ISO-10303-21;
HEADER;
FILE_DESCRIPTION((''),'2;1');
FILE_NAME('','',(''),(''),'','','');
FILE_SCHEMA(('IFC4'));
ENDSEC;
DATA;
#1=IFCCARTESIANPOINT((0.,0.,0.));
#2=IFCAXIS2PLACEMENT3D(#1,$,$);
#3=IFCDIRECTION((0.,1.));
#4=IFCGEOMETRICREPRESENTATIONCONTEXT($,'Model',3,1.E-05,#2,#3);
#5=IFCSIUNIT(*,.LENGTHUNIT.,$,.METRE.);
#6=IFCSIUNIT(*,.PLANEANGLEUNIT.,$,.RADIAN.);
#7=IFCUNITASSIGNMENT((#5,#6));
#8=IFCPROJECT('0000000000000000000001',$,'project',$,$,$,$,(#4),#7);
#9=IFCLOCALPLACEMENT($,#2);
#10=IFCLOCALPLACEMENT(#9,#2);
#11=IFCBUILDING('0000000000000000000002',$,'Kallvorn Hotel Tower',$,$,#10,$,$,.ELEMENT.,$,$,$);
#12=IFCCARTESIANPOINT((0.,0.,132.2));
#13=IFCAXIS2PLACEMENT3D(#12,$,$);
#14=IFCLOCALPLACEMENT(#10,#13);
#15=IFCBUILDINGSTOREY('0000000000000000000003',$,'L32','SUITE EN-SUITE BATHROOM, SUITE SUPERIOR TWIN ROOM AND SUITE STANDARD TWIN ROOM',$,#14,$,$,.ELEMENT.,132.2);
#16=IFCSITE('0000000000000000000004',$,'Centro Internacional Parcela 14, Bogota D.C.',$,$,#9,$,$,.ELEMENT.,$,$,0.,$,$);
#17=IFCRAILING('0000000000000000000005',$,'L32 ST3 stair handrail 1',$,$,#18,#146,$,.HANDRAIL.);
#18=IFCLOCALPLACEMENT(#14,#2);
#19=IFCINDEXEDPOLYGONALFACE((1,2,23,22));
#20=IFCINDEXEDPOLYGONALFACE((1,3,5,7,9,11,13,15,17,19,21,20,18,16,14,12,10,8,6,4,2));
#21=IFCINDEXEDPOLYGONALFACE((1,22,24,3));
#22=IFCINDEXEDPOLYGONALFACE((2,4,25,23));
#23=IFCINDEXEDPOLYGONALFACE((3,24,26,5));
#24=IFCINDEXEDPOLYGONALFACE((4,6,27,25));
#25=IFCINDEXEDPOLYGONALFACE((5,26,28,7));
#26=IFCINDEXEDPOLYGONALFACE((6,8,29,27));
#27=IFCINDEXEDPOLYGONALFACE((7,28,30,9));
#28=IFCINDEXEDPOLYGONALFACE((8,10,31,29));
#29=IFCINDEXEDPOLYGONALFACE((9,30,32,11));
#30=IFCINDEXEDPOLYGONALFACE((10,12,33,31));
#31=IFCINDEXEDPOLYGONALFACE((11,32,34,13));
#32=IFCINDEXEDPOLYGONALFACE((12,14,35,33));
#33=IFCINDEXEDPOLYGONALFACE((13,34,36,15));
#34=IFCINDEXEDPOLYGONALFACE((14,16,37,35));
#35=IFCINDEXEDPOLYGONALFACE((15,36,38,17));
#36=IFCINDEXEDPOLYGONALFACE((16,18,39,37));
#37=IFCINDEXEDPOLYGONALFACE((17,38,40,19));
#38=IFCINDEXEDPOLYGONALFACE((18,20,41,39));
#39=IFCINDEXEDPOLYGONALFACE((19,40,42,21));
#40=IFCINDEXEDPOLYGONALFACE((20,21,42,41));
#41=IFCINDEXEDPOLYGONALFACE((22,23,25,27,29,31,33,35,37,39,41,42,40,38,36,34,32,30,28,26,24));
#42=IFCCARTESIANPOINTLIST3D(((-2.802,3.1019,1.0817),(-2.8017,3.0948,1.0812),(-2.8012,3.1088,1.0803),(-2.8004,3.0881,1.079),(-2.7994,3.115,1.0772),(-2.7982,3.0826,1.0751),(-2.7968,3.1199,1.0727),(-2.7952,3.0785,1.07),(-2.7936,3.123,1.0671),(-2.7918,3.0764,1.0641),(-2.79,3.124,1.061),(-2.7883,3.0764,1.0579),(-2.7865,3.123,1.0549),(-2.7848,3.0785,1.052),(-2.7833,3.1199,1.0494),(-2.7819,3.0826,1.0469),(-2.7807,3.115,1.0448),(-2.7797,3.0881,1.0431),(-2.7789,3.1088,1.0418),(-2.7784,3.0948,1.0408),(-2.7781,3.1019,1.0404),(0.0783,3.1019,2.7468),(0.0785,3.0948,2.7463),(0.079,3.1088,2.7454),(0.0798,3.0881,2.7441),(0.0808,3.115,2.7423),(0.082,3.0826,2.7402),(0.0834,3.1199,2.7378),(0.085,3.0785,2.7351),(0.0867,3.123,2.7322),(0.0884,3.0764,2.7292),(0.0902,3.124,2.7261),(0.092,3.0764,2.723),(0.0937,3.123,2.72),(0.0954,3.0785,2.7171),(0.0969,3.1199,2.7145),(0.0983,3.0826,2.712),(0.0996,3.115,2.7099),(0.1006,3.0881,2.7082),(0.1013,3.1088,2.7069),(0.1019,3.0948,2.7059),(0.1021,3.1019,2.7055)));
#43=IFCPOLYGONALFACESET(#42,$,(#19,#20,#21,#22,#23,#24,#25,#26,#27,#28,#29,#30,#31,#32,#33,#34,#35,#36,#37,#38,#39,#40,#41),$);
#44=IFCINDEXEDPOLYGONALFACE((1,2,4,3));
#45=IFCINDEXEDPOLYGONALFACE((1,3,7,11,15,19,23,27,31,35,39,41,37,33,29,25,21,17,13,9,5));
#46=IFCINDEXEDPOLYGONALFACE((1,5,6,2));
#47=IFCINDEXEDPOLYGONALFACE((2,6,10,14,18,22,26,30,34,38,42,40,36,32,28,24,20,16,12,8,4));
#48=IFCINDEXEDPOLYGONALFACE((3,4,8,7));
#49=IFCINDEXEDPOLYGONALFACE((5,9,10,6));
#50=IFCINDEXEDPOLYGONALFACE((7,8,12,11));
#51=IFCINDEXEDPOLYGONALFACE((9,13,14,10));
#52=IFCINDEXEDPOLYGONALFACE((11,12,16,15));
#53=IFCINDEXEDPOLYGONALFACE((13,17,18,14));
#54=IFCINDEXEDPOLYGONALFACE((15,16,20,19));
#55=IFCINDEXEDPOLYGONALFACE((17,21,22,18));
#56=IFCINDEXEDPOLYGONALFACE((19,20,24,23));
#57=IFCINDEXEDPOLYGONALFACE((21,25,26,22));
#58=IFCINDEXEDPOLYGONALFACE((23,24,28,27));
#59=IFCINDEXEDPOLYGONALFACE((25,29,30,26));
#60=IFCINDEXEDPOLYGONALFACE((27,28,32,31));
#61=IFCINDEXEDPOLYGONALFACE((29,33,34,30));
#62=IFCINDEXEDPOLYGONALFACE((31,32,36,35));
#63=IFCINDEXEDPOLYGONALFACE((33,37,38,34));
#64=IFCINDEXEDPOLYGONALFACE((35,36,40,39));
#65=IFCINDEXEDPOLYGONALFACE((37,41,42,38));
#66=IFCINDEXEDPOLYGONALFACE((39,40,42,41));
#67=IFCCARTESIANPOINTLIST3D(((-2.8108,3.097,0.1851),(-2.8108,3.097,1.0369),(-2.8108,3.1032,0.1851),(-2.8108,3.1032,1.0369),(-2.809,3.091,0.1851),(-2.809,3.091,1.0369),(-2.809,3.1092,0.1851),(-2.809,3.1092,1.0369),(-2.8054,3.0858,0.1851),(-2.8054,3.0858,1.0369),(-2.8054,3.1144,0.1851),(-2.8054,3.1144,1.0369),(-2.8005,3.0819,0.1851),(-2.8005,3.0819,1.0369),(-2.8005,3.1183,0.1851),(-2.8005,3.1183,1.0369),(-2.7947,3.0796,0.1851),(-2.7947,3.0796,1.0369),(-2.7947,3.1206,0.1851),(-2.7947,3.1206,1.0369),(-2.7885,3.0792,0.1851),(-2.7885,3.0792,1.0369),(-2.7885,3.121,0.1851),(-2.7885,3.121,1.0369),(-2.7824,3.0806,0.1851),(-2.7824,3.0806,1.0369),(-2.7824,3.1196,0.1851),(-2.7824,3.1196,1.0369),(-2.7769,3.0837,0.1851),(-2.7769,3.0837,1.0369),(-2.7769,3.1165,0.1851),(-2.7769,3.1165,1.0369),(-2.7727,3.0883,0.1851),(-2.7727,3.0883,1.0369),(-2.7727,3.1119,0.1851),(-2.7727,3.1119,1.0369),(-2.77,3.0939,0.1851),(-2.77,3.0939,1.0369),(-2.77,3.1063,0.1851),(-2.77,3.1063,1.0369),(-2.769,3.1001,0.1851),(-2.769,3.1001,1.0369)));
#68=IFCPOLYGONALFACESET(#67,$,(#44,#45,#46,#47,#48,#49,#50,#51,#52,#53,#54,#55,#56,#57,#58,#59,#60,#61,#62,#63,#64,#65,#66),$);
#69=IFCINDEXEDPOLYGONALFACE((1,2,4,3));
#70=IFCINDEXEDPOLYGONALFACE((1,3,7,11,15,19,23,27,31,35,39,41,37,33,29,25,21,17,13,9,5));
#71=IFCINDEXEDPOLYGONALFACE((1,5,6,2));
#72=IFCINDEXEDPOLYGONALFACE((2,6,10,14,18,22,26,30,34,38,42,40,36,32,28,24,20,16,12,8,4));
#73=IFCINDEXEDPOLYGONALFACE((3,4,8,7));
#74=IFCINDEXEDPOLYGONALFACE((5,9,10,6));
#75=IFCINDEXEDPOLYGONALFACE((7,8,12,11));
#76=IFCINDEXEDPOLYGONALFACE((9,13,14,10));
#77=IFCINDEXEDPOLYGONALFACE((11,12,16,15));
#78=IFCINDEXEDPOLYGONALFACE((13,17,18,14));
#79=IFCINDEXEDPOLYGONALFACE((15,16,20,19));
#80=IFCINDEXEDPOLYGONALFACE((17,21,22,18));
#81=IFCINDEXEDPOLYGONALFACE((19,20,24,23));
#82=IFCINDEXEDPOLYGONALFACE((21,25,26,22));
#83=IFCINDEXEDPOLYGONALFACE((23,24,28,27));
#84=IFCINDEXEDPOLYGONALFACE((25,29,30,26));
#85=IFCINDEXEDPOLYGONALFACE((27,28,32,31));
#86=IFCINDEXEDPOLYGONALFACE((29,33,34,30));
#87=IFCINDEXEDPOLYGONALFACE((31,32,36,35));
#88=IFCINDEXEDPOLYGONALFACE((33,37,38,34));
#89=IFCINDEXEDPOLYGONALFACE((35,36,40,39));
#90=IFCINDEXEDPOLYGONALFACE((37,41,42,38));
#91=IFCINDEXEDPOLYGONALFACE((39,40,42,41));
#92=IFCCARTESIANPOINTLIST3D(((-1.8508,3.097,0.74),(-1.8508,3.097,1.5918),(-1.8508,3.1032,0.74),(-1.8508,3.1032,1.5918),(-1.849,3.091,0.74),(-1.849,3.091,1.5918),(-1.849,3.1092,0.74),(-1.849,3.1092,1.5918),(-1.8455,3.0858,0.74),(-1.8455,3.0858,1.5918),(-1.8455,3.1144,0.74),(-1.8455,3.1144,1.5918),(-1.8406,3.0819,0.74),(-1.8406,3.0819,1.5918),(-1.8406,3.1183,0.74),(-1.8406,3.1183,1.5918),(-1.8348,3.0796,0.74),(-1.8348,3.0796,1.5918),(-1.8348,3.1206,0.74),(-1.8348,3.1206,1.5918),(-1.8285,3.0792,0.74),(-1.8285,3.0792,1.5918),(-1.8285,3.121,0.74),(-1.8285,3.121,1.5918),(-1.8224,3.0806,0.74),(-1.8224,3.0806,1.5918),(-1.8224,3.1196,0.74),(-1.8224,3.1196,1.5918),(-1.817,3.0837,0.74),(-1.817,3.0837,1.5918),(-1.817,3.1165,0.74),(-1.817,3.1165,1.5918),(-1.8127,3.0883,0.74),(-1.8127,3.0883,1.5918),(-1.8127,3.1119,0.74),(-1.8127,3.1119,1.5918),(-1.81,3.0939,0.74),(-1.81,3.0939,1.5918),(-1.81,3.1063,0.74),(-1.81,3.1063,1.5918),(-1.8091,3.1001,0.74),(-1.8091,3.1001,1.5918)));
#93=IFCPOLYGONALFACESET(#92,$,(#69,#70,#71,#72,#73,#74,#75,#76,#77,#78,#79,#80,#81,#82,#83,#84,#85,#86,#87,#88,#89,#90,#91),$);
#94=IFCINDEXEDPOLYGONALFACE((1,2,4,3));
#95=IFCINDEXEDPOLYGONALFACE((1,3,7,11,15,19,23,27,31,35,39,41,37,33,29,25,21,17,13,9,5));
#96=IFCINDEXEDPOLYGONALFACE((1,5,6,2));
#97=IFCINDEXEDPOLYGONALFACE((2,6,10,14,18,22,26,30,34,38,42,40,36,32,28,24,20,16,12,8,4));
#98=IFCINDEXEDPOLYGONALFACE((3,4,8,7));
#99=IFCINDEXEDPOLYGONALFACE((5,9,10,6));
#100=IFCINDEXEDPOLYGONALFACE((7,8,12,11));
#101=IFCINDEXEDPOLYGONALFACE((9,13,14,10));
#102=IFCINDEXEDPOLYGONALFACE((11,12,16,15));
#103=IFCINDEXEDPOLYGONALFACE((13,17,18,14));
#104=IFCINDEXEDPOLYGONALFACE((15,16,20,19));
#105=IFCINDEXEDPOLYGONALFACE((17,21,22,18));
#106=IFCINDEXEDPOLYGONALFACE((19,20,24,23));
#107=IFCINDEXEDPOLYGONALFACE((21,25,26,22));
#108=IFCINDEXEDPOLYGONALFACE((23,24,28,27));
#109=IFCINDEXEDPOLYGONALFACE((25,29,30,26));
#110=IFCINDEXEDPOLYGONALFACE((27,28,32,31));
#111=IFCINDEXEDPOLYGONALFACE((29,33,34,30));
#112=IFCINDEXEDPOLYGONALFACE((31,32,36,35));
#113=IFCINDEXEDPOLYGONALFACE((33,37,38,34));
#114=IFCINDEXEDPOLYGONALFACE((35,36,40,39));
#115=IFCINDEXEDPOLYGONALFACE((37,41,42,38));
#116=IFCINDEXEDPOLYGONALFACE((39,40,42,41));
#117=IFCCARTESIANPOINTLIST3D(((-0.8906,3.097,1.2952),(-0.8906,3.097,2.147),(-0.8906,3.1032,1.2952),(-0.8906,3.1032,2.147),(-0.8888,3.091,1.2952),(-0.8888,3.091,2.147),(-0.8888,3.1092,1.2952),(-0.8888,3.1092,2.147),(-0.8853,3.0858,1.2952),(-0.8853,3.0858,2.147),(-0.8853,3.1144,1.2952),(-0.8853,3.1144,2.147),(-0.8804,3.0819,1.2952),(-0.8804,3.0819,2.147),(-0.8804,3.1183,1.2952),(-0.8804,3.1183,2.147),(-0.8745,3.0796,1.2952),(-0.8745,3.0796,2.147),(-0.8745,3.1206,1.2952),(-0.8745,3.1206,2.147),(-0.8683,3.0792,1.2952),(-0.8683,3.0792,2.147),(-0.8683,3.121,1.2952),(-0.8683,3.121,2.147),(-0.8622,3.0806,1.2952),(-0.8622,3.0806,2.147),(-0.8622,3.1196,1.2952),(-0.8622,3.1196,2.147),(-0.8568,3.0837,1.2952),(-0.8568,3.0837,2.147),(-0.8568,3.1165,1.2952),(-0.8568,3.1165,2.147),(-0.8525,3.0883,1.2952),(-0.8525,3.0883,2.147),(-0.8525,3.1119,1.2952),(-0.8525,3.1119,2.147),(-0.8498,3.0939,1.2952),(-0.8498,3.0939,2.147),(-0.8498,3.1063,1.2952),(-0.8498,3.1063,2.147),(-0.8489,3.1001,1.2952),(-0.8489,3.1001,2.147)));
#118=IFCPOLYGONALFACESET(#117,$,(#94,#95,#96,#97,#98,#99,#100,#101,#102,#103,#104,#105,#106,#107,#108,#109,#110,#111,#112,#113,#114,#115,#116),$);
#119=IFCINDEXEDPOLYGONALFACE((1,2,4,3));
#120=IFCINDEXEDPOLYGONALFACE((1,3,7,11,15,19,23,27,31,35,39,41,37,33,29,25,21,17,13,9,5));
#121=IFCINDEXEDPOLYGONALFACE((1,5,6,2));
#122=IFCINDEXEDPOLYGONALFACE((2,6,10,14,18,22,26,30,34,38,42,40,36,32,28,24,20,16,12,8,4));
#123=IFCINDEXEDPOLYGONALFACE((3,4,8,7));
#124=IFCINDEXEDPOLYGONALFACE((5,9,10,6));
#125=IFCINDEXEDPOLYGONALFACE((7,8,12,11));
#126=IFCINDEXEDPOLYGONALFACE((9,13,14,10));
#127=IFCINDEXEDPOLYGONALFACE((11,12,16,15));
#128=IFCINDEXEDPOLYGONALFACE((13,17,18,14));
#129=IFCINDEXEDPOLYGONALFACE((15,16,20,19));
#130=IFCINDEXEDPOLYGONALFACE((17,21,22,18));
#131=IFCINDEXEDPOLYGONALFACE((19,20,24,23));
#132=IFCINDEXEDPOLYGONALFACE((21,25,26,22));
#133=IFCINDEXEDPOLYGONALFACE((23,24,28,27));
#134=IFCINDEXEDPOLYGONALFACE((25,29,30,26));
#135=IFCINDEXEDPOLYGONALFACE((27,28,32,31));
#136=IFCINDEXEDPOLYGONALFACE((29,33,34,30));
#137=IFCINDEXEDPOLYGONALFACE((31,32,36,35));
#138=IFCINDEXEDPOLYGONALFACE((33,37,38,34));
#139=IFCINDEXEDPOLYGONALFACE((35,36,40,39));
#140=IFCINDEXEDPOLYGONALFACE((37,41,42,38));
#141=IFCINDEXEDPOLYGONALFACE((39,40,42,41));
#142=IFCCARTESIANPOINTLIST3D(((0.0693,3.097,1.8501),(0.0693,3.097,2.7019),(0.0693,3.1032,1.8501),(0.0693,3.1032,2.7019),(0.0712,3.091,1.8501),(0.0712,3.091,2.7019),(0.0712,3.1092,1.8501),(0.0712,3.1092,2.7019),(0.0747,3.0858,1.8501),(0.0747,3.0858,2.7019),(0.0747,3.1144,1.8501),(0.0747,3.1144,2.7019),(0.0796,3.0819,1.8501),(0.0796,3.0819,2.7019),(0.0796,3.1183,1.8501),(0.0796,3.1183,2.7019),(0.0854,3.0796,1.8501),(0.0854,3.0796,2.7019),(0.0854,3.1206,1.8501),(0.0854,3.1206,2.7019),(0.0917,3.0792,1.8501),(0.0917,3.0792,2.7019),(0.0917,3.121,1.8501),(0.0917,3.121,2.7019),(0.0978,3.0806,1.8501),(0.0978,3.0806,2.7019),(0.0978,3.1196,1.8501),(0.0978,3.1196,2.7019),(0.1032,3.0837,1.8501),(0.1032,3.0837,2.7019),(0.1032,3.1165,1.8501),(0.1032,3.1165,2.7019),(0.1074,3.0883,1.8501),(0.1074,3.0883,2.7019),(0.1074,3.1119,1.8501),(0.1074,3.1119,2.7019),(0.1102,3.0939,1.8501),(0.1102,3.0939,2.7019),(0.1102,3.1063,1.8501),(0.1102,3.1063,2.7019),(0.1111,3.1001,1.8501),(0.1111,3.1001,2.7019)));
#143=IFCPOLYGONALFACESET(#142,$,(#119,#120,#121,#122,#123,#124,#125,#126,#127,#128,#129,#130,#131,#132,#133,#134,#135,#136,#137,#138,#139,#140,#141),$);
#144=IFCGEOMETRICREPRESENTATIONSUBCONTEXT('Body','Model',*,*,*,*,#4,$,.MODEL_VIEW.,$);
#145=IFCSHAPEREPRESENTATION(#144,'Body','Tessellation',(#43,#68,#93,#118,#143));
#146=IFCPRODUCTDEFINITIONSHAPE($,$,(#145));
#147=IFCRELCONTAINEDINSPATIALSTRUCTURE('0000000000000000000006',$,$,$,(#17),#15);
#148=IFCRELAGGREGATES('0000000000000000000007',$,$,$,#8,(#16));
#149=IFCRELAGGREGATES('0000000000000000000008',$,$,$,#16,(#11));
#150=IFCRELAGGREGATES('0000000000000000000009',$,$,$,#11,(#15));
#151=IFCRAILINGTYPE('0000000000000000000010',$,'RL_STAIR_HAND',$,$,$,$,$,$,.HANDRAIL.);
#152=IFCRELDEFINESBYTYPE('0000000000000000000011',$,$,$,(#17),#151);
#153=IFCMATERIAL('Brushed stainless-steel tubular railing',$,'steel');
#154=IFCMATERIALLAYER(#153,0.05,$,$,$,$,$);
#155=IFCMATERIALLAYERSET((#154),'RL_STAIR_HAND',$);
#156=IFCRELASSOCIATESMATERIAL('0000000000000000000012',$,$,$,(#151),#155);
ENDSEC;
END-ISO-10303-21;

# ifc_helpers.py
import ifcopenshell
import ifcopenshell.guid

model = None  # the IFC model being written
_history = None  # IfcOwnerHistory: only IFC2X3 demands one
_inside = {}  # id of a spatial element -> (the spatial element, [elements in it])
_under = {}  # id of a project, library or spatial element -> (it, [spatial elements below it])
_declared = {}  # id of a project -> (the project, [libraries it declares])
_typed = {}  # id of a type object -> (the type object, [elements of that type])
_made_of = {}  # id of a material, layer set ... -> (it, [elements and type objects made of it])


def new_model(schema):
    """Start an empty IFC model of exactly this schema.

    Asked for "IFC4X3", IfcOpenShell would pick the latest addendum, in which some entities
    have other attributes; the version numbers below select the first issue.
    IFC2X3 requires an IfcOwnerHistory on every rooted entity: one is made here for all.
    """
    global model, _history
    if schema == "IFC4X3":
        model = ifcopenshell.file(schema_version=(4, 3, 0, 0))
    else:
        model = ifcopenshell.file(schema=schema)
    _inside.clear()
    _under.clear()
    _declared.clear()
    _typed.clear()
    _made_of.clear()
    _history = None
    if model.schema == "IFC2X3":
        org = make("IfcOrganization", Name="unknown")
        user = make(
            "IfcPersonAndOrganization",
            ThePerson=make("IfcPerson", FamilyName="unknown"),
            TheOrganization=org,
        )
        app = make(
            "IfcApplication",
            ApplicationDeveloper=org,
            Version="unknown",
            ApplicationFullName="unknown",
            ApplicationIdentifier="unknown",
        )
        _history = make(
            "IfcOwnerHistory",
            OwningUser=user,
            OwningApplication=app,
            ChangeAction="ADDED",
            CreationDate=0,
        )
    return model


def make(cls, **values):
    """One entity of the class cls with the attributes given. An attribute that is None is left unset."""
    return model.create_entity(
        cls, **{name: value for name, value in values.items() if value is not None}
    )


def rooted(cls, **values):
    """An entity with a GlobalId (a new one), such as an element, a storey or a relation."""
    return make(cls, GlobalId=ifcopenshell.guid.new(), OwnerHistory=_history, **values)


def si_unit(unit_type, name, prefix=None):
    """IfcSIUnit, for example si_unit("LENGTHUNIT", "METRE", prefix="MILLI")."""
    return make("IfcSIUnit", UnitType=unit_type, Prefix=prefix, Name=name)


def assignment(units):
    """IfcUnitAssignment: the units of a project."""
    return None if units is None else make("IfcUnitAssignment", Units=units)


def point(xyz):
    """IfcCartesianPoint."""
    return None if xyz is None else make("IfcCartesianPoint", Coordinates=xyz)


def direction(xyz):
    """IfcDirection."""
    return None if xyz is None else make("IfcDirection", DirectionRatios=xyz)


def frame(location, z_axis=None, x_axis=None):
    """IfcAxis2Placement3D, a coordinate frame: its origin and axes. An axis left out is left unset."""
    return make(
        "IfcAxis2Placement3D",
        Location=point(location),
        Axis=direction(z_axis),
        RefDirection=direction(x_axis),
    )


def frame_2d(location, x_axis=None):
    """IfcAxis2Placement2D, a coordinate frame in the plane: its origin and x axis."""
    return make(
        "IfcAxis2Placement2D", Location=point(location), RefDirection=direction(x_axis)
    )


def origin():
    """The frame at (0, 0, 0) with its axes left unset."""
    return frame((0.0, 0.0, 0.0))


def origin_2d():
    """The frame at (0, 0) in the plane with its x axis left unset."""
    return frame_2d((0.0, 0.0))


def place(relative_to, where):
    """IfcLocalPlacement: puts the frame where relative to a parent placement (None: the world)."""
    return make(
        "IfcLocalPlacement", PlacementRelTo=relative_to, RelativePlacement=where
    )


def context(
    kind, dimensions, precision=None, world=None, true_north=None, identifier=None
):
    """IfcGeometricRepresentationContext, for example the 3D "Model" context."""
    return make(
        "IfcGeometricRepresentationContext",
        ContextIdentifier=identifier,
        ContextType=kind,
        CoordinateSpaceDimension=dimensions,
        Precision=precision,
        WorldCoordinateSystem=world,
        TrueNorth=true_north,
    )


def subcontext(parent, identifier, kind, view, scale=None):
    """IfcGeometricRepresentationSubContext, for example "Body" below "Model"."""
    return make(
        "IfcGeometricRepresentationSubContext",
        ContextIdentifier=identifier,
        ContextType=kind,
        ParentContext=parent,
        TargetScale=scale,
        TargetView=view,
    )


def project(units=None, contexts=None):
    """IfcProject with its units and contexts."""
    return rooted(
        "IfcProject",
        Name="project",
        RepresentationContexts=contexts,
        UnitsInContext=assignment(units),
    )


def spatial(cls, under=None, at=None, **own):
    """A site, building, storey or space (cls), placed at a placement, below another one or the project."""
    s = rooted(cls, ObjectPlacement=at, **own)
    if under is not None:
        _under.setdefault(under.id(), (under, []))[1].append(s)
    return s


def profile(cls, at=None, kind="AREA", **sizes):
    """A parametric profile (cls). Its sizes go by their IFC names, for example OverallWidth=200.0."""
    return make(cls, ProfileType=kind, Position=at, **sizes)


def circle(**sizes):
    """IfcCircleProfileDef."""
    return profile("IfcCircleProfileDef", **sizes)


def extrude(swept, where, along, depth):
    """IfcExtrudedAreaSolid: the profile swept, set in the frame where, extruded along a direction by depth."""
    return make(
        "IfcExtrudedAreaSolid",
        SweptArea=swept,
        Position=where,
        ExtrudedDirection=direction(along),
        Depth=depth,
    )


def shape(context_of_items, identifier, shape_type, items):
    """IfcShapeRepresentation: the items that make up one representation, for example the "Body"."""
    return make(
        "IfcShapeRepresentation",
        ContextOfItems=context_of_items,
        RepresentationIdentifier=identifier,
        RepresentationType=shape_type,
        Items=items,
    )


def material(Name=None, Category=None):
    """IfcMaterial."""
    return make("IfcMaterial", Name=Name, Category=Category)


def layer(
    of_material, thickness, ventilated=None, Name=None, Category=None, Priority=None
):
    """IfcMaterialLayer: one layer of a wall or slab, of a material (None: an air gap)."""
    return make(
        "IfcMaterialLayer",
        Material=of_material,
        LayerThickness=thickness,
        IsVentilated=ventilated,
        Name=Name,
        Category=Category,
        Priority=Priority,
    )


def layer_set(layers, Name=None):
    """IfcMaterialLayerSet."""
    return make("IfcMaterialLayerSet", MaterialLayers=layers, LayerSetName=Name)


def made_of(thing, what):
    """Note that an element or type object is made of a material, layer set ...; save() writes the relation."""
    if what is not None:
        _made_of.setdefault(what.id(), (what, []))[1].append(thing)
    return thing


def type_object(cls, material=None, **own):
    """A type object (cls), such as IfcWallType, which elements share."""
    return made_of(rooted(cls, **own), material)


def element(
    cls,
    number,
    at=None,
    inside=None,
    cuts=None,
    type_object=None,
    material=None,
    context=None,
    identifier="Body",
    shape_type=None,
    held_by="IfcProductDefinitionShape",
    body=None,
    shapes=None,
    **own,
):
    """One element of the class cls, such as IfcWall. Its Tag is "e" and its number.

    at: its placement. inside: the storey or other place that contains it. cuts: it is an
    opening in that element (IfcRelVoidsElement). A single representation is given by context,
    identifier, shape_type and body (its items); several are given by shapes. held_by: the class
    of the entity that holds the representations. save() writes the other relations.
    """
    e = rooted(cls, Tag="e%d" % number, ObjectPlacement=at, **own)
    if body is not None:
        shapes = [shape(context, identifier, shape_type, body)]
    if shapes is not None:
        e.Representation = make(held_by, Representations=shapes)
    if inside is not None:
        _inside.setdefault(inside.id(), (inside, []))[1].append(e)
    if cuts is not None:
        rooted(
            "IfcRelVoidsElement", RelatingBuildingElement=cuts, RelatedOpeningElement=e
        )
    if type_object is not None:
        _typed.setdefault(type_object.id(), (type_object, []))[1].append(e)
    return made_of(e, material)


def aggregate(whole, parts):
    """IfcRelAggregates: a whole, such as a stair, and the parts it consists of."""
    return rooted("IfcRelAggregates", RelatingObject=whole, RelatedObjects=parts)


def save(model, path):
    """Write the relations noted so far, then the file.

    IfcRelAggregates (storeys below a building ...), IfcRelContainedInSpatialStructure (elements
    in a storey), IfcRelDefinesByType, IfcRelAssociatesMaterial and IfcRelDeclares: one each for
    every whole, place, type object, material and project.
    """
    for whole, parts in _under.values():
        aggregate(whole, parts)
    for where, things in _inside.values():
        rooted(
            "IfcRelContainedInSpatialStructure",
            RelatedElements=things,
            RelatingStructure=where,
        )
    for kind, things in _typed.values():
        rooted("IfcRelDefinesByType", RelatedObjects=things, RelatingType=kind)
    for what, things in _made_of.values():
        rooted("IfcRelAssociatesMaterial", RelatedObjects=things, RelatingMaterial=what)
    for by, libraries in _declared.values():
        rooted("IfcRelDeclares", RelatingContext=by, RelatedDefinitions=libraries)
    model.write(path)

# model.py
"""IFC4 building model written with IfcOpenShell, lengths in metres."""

from ifc_helpers import new_model, si_unit, direction, frame, origin, origin_2d, place, context, subcontext, project, spatial, circle, extrude, material, layer, layer_set, type_object, element, save


model = new_model("IFC4")

# Units and contexts
model_context = context("Model", 3, precision=1e-05, world=origin(), true_north=direction((0.0, 1.0)))
body_context = subcontext(model_context, "Body", "Model", "MODEL_VIEW")
ifc_project = project(units=[si_unit("LENGTHUNIT", "METRE"), si_unit("PLANEANGLEUNIT", "RADIAN")], contexts=[model_context])

# Site, building, storey
site_placement = place(None, origin())
site = spatial("IfcSite", under=ifc_project, at=site_placement, Name="Centro Internacional Parcela 14, Bogota D.C.", CompositionType="ELEMENT", RefElevation=0.0)
building_placement = place(site_placement, origin())
building = spatial("IfcBuilding", under=site, at=building_placement, Name="Kallvorn Hotel Tower", CompositionType="ELEMENT")
storey_placement = place(building_placement, frame((0.0, 0.0, 132.2)))
storey = spatial("IfcBuildingStorey", under=building, at=storey_placement, Name="L32", Description="SUITE EN-SUITE BATHROOM, SUITE SUPERIOR TWIN ROOM AND SUITE STANDARD TWIN ROOM", CompositionType="ELEMENT", Elevation=132.2)

# Railing
ifc_material_1 = material(Name="Brushed stainless-steel tubular railing", Category="steel")
ifc_layer_1 = layer(ifc_material_1, 0.05)
ifc_layer_set_1 = layer_set([ifc_layer_1], Name="RL_STAIR_HAND")
railing_type_1 = type_object("IfcRailingType", Name="RL_STAIR_HAND", PredefinedType="HANDRAIL", material=ifc_layer_set_1)
railing_1_placement = place(storey_placement, frame((-2.79, 3.1001, 0.1851)))
element("IfcRailing", 1, at=railing_1_placement, inside=storey, type_object=railing_type_1, Name="L32 ST3 stair handrail 1", PredefinedType="HANDRAIL", context=body_context, shape_type="SweptSolid", body=[
    extrude(circle(Radius=0.0239, at=origin_2d()), frame((0.0, 0.0, 0.876), z_axis=(0.865739, 0.0, 0.500495), x_axis=(0.0, 1.0, 0.0)), (0.0, 0.0, 1.0), 3.3269),
    extrude(circle(Radius=0.021, at=origin_2d()), origin(), (0.0, 0.0, 1.0), 0.8518),
    extrude(circle(Radius=0.021, at=origin_2d()), frame((0.96, 0.0, 0.5549)), (0.0, 0.0, 1.0), 0.8518),
    extrude(circle(Radius=0.021, at=origin_2d()), frame((1.9202, 0.0, 1.1101)), (0.0, 0.0, 1.0), 0.8518),
    extrude(circle(Radius=0.021, at=origin_2d()), frame((2.8801, 0.0, 1.665)), (0.0, 0.0, 1.0), 0.8518),
])

save(model, "model.ifc")
